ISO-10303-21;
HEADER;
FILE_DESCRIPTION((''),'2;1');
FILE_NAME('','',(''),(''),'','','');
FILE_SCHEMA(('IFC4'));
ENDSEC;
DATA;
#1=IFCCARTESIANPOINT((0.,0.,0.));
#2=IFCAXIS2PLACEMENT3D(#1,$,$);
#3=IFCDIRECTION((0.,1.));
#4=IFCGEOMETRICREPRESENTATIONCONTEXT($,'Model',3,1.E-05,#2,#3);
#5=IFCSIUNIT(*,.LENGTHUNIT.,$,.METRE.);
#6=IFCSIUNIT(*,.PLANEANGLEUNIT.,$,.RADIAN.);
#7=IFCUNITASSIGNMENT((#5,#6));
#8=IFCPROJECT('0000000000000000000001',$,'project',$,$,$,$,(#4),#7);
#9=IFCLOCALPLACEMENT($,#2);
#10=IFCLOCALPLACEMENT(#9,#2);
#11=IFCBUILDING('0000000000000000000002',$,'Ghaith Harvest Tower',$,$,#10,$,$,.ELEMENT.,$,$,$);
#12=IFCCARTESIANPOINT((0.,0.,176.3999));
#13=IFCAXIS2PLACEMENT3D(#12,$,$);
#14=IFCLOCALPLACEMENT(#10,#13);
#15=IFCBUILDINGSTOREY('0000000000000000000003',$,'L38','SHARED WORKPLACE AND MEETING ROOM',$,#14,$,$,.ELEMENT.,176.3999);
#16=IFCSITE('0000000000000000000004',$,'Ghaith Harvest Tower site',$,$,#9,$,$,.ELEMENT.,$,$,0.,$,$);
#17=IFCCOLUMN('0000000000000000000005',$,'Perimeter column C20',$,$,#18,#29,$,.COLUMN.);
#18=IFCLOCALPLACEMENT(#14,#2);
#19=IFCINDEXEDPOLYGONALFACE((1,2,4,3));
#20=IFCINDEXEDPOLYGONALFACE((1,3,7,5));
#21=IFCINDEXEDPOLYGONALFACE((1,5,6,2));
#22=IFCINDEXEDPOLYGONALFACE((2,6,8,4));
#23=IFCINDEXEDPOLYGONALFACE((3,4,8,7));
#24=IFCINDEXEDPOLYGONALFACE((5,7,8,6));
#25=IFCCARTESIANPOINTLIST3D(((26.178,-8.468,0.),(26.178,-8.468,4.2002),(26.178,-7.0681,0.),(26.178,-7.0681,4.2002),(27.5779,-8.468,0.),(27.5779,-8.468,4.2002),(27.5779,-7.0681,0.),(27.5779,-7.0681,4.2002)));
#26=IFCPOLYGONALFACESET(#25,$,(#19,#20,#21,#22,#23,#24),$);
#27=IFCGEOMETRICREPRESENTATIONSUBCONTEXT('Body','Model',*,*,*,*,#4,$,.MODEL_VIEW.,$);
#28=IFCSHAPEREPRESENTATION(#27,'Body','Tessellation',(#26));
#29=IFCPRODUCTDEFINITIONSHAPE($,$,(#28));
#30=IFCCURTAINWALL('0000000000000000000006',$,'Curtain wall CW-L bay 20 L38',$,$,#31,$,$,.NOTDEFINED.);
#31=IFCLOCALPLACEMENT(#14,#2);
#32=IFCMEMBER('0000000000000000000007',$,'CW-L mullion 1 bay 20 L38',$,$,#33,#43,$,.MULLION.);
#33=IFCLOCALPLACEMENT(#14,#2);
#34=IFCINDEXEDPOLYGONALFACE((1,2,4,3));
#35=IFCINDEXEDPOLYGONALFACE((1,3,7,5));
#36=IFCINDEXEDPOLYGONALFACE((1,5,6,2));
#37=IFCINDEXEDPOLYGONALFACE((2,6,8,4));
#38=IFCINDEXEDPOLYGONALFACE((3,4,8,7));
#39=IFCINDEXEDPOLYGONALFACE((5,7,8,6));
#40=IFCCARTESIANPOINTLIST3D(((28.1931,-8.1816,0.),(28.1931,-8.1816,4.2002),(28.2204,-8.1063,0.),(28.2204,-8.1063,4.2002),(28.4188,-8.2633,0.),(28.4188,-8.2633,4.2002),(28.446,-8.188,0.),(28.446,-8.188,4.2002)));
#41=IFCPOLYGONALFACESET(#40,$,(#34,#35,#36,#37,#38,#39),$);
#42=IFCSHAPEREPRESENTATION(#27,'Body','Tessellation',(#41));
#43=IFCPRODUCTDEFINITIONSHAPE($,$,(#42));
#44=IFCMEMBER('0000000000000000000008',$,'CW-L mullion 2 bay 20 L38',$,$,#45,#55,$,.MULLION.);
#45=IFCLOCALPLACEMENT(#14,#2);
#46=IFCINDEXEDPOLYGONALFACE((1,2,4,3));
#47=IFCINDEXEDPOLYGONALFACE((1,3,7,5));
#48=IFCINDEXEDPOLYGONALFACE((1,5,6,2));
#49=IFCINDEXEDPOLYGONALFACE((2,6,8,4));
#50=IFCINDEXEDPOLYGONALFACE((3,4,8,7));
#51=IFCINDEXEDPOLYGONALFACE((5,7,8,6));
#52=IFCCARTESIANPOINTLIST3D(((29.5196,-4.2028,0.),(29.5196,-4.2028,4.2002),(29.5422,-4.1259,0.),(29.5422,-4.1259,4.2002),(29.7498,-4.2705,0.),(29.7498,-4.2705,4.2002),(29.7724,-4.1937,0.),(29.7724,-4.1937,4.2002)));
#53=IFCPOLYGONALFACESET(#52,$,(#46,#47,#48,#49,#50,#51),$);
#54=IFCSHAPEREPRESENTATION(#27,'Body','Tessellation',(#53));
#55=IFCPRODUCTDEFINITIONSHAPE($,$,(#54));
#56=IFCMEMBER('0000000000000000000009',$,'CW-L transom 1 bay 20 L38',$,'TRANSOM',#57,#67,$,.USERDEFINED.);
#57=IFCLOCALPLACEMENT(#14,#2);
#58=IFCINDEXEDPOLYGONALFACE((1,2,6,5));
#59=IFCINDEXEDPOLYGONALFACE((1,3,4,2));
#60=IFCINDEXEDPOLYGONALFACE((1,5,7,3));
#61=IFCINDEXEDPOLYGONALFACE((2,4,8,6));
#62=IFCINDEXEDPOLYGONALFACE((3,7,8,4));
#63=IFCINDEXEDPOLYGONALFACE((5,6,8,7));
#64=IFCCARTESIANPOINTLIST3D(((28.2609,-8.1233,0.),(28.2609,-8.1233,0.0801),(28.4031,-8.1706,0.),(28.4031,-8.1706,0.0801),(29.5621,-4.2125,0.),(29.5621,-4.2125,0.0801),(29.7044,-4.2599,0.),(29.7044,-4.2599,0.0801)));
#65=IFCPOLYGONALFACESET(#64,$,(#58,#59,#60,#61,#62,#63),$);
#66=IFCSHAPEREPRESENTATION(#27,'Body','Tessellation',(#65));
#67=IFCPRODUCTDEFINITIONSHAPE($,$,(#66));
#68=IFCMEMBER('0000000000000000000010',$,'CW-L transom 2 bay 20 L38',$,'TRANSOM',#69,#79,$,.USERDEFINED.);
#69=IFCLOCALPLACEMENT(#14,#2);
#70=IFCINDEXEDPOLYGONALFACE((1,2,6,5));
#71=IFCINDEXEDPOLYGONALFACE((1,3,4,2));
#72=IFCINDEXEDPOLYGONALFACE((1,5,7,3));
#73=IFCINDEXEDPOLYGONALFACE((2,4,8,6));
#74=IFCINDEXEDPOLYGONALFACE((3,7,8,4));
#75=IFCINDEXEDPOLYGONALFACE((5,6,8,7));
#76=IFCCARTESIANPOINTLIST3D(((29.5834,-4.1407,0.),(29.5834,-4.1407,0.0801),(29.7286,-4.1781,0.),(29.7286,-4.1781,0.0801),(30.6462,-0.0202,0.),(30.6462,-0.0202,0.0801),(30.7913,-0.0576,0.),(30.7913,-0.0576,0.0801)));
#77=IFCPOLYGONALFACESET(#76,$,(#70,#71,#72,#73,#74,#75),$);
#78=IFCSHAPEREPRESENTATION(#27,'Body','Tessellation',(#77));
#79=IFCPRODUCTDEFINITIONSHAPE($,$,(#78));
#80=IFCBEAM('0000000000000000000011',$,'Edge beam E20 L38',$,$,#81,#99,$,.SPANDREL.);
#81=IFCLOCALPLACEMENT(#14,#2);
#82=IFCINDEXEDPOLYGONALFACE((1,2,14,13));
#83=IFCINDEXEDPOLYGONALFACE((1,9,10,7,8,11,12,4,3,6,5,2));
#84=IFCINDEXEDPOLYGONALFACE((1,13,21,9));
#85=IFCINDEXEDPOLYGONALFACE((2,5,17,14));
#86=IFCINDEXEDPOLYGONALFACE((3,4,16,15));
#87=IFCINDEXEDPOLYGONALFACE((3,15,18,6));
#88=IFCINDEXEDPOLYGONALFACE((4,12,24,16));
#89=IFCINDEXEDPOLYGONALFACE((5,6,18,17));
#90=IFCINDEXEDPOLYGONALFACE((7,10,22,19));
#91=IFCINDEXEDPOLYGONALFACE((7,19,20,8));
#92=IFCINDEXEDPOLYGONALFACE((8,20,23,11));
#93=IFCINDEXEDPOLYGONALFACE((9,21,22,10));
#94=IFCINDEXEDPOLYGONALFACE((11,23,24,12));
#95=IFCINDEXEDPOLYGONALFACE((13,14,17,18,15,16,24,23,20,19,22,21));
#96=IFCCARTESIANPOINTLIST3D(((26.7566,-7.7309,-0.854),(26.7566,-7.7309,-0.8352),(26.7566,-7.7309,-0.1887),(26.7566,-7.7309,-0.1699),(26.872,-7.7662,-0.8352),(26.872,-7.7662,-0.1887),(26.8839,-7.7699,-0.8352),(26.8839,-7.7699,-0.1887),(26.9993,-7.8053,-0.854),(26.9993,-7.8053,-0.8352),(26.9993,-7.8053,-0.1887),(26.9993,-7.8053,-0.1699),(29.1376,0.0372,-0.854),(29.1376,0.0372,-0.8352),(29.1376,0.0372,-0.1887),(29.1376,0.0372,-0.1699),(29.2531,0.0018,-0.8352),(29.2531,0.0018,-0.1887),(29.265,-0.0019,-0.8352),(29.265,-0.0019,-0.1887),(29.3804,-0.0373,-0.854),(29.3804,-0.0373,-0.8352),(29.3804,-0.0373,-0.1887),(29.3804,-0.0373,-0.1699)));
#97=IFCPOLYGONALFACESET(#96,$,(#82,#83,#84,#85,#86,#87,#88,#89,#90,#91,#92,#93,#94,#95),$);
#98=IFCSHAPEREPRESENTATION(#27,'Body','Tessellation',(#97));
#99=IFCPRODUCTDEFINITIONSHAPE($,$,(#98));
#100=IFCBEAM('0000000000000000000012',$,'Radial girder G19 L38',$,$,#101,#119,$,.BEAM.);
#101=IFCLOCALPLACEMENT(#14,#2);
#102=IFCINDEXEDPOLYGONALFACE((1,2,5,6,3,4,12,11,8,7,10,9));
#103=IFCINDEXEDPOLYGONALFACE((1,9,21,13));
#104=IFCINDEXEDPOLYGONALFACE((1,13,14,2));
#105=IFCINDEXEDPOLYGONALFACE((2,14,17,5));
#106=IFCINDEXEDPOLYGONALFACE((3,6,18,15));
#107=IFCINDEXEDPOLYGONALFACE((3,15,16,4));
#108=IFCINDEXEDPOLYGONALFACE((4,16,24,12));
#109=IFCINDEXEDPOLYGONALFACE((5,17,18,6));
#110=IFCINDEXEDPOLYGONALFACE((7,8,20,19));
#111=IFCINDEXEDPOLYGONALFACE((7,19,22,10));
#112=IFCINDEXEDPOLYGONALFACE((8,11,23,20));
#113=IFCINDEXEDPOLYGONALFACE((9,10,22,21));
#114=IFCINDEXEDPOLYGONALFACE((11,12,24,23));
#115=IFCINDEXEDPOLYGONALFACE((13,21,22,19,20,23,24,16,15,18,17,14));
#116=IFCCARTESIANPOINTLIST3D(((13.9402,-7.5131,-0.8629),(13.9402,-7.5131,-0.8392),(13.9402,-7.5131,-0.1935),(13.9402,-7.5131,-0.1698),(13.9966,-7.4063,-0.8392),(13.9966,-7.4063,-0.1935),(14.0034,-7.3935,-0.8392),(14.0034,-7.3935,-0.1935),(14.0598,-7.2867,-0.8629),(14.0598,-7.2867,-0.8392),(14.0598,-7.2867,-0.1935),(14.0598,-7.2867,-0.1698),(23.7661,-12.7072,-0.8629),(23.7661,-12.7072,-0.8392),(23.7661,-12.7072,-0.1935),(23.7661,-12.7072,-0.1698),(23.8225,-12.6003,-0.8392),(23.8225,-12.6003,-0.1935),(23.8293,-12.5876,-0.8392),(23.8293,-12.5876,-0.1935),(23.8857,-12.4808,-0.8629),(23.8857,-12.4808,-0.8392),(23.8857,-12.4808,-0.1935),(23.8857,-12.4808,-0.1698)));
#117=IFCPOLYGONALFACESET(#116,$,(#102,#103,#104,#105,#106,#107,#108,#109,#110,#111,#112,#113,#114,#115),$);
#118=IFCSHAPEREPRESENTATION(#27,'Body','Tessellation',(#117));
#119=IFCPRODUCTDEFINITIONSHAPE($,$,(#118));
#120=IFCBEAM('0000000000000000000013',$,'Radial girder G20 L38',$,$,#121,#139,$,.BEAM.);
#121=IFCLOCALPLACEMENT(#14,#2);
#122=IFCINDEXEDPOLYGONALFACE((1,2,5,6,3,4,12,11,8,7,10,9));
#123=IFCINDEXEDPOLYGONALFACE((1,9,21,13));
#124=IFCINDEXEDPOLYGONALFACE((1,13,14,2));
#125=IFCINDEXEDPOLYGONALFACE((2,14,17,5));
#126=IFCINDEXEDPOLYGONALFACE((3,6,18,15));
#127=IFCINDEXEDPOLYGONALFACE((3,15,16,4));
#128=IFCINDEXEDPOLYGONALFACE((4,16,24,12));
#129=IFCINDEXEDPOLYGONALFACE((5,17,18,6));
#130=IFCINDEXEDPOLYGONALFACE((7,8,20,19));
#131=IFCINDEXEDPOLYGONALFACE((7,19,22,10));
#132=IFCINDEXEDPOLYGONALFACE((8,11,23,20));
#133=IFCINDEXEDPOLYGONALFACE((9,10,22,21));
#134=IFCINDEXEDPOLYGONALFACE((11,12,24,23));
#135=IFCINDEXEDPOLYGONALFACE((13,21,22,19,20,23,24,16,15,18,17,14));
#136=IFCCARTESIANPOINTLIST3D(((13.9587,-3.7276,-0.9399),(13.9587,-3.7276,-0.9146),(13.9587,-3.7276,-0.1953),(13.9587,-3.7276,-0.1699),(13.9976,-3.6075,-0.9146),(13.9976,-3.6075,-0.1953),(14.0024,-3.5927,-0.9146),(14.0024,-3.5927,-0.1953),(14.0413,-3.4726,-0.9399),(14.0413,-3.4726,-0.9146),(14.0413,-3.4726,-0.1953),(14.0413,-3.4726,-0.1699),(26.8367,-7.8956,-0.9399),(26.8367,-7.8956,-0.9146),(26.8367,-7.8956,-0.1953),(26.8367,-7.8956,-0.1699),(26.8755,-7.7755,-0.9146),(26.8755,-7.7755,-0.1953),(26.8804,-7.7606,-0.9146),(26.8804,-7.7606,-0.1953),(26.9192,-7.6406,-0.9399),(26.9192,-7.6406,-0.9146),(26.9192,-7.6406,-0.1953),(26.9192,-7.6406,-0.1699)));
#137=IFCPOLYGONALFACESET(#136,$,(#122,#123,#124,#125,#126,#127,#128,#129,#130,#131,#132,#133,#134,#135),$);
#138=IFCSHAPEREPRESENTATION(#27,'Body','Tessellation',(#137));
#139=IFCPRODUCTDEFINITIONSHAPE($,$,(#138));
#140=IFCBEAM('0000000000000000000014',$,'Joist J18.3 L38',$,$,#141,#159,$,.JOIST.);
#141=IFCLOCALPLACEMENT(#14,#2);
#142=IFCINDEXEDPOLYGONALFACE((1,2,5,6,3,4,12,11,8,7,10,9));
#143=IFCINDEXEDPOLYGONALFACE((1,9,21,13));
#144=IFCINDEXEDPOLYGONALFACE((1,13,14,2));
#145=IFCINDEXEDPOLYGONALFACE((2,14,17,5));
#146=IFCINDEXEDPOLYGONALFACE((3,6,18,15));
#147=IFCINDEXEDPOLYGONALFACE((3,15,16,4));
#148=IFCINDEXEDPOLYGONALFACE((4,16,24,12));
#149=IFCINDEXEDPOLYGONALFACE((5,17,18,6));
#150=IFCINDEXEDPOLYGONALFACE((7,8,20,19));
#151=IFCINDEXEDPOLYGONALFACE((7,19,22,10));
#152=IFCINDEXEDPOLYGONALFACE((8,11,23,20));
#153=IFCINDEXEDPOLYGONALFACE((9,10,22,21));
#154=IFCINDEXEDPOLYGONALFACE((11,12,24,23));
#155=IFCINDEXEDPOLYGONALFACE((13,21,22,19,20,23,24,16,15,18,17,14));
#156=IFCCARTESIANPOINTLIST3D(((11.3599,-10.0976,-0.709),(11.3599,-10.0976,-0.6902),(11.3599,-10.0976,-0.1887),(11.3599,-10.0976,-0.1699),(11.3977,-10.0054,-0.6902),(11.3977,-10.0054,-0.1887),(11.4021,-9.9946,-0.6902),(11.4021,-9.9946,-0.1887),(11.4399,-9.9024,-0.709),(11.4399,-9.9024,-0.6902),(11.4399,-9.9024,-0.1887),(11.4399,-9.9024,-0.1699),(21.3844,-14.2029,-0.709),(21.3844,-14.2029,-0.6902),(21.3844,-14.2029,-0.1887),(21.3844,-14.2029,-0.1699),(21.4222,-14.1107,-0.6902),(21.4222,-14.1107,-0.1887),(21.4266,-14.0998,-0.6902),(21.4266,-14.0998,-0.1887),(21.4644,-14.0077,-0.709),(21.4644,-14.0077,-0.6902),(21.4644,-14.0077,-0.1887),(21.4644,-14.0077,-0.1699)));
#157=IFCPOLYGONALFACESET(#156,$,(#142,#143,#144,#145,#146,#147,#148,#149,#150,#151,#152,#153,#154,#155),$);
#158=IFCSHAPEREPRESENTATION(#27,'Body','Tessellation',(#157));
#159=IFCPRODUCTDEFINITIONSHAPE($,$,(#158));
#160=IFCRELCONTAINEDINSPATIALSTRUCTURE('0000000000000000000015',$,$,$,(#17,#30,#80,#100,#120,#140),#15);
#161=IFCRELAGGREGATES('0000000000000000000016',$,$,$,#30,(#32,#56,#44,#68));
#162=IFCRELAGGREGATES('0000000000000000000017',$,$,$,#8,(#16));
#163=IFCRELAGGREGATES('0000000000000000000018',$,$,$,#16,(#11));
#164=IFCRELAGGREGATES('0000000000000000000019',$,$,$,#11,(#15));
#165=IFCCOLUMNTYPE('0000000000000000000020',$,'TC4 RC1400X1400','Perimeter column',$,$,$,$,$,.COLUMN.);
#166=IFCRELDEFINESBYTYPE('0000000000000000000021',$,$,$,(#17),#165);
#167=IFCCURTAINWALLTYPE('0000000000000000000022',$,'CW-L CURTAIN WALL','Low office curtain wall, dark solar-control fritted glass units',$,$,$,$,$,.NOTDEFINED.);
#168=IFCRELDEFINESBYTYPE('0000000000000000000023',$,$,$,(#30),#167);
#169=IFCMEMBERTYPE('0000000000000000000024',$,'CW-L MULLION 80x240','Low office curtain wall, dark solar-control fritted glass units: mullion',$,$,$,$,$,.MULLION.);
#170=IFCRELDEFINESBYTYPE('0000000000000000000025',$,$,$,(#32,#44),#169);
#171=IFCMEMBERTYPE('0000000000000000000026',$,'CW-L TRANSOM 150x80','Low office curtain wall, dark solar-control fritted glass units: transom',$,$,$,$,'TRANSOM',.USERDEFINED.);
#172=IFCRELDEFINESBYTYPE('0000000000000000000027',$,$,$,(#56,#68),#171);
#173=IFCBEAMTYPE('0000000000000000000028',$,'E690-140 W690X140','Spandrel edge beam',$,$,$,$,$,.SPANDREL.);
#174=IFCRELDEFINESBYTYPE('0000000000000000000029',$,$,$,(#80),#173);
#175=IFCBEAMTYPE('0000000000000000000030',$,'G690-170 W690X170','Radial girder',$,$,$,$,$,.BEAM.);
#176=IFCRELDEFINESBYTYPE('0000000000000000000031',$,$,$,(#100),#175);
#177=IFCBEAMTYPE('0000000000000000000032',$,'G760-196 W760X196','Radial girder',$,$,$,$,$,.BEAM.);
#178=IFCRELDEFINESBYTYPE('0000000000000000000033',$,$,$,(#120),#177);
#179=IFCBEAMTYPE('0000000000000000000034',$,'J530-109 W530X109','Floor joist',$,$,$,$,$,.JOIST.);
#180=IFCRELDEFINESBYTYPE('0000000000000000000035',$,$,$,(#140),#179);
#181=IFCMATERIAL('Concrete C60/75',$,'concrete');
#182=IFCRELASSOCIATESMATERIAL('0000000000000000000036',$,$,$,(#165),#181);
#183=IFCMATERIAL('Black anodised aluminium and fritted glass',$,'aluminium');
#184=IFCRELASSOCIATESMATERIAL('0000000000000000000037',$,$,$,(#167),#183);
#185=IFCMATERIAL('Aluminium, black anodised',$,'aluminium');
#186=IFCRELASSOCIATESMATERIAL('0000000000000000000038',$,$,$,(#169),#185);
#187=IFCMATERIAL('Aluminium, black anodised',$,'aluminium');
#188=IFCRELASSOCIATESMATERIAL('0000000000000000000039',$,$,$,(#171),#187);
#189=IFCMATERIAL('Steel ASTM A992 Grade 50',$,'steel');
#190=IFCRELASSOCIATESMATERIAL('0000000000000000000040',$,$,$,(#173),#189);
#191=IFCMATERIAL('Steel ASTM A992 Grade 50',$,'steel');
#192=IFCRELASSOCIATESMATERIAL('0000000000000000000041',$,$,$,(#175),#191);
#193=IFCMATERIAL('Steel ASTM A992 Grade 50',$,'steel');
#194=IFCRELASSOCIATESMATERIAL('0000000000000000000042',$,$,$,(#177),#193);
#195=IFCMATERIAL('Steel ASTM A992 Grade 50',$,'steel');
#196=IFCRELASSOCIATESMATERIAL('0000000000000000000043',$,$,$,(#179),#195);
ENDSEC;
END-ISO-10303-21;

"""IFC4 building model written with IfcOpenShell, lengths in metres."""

from ifc_helpers import new_model, si_unit, direction, frame, origin, origin_2d, place, context, subcontext, project, spatial, rectangle, i_section, extrude, material, material_profile, profile_set, type_object, element, aggregate, save


model = new_model("IFC4")

# Units and contexts
model_context = context("Model", 3, precision=1e-05, world=origin(), true_north=direction((0.0, 1.0)))
body_context = subcontext(model_context, "Body", "Model", "MODEL_VIEW")
ifc_project = project(units=[si_unit("LENGTHUNIT", "METRE"), si_unit("PLANEANGLEUNIT", "RADIAN")], contexts=[model_context])

# Site, building, storey
site_placement = place(None, origin())
site = spatial("IfcSite", under=ifc_project, at=site_placement, Name="Ghaith Harvest Tower site", CompositionType="ELEMENT", RefElevation=0.0)
building_placement = place(site_placement, origin())
building = spatial("IfcBuilding", under=site, at=building_placement, Name="Ghaith Harvest Tower", CompositionType="ELEMENT")
storey_placement = place(building_placement, frame((0.0, 0.0, 176.3999)))
storey = spatial("IfcBuildingStorey", under=building, at=storey_placement, Name="L38", Description="SHARED WORKPLACE AND MEETING ROOM", CompositionType="ELEMENT", Elevation=176.3999)

# Column
ifc_material_1 = material(Name="Concrete C60/75", Category="concrete")
ifc_material_profile_1 = material_profile(ifc_material_1, rectangle(XDim=1.3999, YDim=1.3999, at=origin_2d()), Name="RC1400X1400")
ifc_profile_set_1 = profile_set([ifc_material_profile_1], Name="Concrete C60/75")
column_type = type_object("IfcColumnType", Name="TC4 RC1400X1400", Description="Perimeter column", PredefinedType="COLUMN", material=ifc_profile_set_1)
column_placement = place(storey_placement, frame((26.8779, -7.7681, 0.0), z_axis=(0.0, 0.0, 1.0), x_axis=(1.0, 0.0, 0.0)))
element("IfcColumn", 1, at=column_placement, inside=storey, type_object=column_type, Name="Perimeter column C20", PredefinedType="COLUMN", context=body_context, shape_type="SweptSolid", body=[
    extrude(rectangle(XDim=1.3999, YDim=1.3999, at=origin_2d()), origin(), (0.0, 0.0, 1.0), 4.2002),
])

# Curtain wall, members
ifc_material_2 = material(Name="Black anodised aluminium and fritted glass", Category="aluminium")
curtain_wall_type = type_object("IfcCurtainWallType", Name="CW-L CURTAIN WALL", Description="Low office curtain wall, dark solar-control fritted glass units", PredefinedType="NOTDEFINED", material=ifc_material_2)
curtain_wall_placement = place(storey_placement, origin())
curtain_wall = element("IfcCurtainWall", 2, at=curtain_wall_placement, inside=storey, type_object=curtain_wall_type, Name="Curtain wall CW-L bay 20 L38", PredefinedType="NOTDEFINED")
ifc_material_3 = material(Name="Aluminium, black anodised", Category="aluminium")
ifc_material_profile_2 = material_profile(ifc_material_3, rectangle(XDim=0.0801, YDim=0.24, at=origin_2d()), Name="CW-L MULLION 80x240")
ifc_profile_set_2 = profile_set([ifc_material_profile_2], Name="Aluminium, black anodised")
member_type_1 = type_object("IfcMemberType", Name="CW-L MULLION 80x240", Description="Low office curtain wall, dark solar-control fritted glass units: mullion", PredefinedType="MULLION", material=ifc_profile_set_2)
member_1_placement = place(storey_placement, frame((28.3196, -8.1848, 0.0), z_axis=(0.0, 0.0, 1.0), x_axis=(0.340574, 0.940218, 0.0)))
member_1 = element("IfcMember", 3, at=member_1_placement, type_object=member_type_1, Name="CW-L mullion 1 bay 20 L38", PredefinedType="MULLION", context=body_context, shape_type="SweptSolid", body=[
    extrude(rectangle(XDim=0.0801, YDim=0.24, at=origin_2d()), origin(), (0.0, 0.0, 1.0), 4.2002),
])
member_2_placement = place(storey_placement, frame((29.646, -4.1982, 0.0), z_axis=(0.0, 0.0, 1.0), x_axis=(0.282375, 0.959304, 0.0)))
member_2 = element("IfcMember", 4, at=member_2_placement, type_object=member_type_1, Name="CW-L mullion 2 bay 20 L38", PredefinedType="MULLION", context=body_context, shape_type="SweptSolid", body=[
    extrude(rectangle(XDim=0.0801, YDim=0.24, at=origin_2d()), origin(), (0.0, 0.0, 1.0), 4.2002),
])
ifc_material_4 = material(Name="Aluminium, black anodised", Category="aluminium")
ifc_material_profile_3 = material_profile(ifc_material_4, rectangle(XDim=0.1499, YDim=0.0801, at=origin_2d()), Name="CW-L TRANSOM 150x80")
ifc_profile_set_3 = profile_set([ifc_material_profile_3], Name="Aluminium, black anodised")
member_type_2 = type_object("IfcMemberType", Name="CW-L TRANSOM 150x80", Description="Low office curtain wall, dark solar-control fritted glass units: transom", ElementType="TRANSOM", PredefinedType="USERDEFINED", material=ifc_profile_set_3)
member_3_placement = place(storey_placement, frame((28.332, -8.147, 0.04), z_axis=(0.315712, 0.948855, 0.0), x_axis=(-0.948855, 0.315712, 0.0)))
member_3 = element("IfcMember", 5, at=member_3_placement, type_object=member_type_2, Name="CW-L transom 1 bay 20 L38", ObjectType="TRANSOM", PredefinedType="USERDEFINED", context=body_context, shape_type="SweptSolid", body=[
    extrude(rectangle(XDim=0.1499, YDim=0.0801, at=origin_2d()), origin(), (0.0, 0.0, 1.0), 4.1216),
])
member_4_placement = place(storey_placement, frame((29.656, -4.1594, 0.04), z_axis=(0.249737, 0.968314, 0.0), x_axis=(-0.968314, 0.249737, 0.0)))
member_4 = element("IfcMember", 6, at=member_4_placement, type_object=member_type_2, Name="CW-L transom 2 bay 20 L38", ObjectType="TRANSOM", PredefinedType="USERDEFINED", context=body_context, shape_type="SweptSolid", body=[
    extrude(rectangle(XDim=0.1499, YDim=0.0801, at=origin_2d()), origin(), (0.0, 0.0, 1.0), 4.2554),
])

# Beams
ifc_material_5 = material(Name="Steel ASTM A992 Grade 50", Category="steel")
ifc_material_profile_4 = material_profile(ifc_material_5, i_section(OverallWidth=0.2539, OverallDepth=0.6841, WebThickness=0.0125, FlangeThickness=0.0188, at=origin_2d()), Name="W690X140")
ifc_profile_set_4 = profile_set([ifc_material_profile_4], Name="Steel ASTM A992 Grade 50")
beam_type_1 = type_object("IfcBeamType", Name="E690-140 W690X140", Description="Spandrel edge beam", PredefinedType="SPANDREL", material=ifc_profile_set_4)
beam_1_placement = place(storey_placement, frame((26.8779, -7.7681, -0.512), z_axis=(0.293066, 0.956092, 0.0), x_axis=(-0.956092, 0.293066, 0.0)))
element("IfcBeam", 7, at=beam_1_placement, inside=storey, type_object=beam_type_1, Name="Edge beam E20 L38", PredefinedType="SPANDREL", context=body_context, shape_type="SweptSolid", body=[
    extrude(i_section(OverallWidth=0.2539, OverallDepth=0.6841, WebThickness=0.0125, FlangeThickness=0.0188, at=origin_2d()), origin(), (0.0, 0.0, 1.0), 8.1248),
])
ifc_material_6 = material(Name="Steel ASTM A992 Grade 50", Category="steel")
ifc_material_profile_5 = material_profile(ifc_material_6, i_section(OverallWidth=0.2561, OverallDepth=0.6931, WebThickness=0.0144, FlangeThickness=0.0237, at=origin_2d()), Name="W690X170")
ifc_profile_set_5 = profile_set([ifc_material_profile_5], Name="Steel ASTM A992 Grade 50")
beam_type_2 = type_object("IfcBeamType", Name="G690-170 W690X170", Description="Radial girder", PredefinedType="BEAM", material=ifc_profile_set_5)
beam_2_placement = place(storey_placement, frame((14.0, -7.3999, -0.5164), z_axis=(0.884081, -0.467335, 0.0), x_axis=(0.467335, 0.884081, 0.0)))
element("IfcBeam", 8, at=beam_2_placement, inside=storey, type_object=beam_type_2, Name="Radial girder G19 L38", PredefinedType="BEAM", context=body_context, shape_type="SweptSolid", body=[
    extrude(i_section(OverallWidth=0.2561, OverallDepth=0.6931, WebThickness=0.0144, FlangeThickness=0.0237, at=origin_2d()), origin(), (0.0, 0.0, 1.0), 11.1143),
])
ifc_material_7 = material(Name="Steel ASTM A992 Grade 50", Category="steel")
ifc_material_profile_6 = material_profile(ifc_material_7, i_section(OverallWidth=0.2681, OverallDepth=0.77, WebThickness=0.0156, FlangeThickness=0.0254, at=origin_2d()), Name="W760X196")
ifc_profile_set_6 = profile_set([ifc_material_profile_6], Name="Steel ASTM A992 Grade 50")
beam_type_3 = type_object("IfcBeamType", Name="G760-196 W760X196", Description="Radial girder", PredefinedType="BEAM", material=ifc_profile_set_6)
beam_3_placement = place(storey_placement, frame((14.0, -3.6001, -0.5549), z_axis=(0.95141, -0.307926, 0.0), x_axis=(0.307926, 0.95141, 0.0)))
element("IfcBeam", 9, at=beam_3_placement, inside=storey, type_object=beam_type_3, Name="Radial girder G20 L38", PredefinedType="BEAM", context=body_context, shape_type="SweptSolid", body=[
    extrude(i_section(OverallWidth=0.2681, OverallDepth=0.77, WebThickness=0.0156, FlangeThickness=0.0254, at=origin_2d()), origin(), (0.0, 0.0, 1.0), 13.5356),
])
ifc_material_8 = material(Name="Steel ASTM A992 Grade 50", Category="steel")
ifc_material_profile_7 = material_profile(ifc_material_8, i_section(OverallWidth=0.2109, OverallDepth=0.5391, WebThickness=0.0117, FlangeThickness=0.0188, at=origin_2d()), Name="W530X109")
ifc_profile_set_7 = profile_set([ifc_material_profile_7], Name="Steel ASTM A992 Grade 50")
beam_type_4 = type_object("IfcBeamType", Name="J530-109 W530X109", Description="Floor joist", PredefinedType="JOIST", material=ifc_profile_set_7)
beam_4_placement = place(storey_placement, frame((11.3999, -10.0, -0.4395), z_axis=(0.925407, -0.378975, 0.0), x_axis=(0.378975, 0.925407, 0.0)))
element("IfcBeam", 10, at=beam_4_placement, inside=storey, type_object=beam_type_4, Name="Joist J18.3 L38", PredefinedType="JOIST", context=body_context, shape_type="SweptSolid", body=[
    extrude(i_section(OverallWidth=0.2109, OverallDepth=0.5391, WebThickness=0.0117, FlangeThickness=0.0188, at=origin_2d()), origin(), (0.0, 0.0, 1.0), 10.8325),
])

aggregate(curtain_wall, [member_1, member_3, member_2, member_4])

save(model, "model.ifc")
